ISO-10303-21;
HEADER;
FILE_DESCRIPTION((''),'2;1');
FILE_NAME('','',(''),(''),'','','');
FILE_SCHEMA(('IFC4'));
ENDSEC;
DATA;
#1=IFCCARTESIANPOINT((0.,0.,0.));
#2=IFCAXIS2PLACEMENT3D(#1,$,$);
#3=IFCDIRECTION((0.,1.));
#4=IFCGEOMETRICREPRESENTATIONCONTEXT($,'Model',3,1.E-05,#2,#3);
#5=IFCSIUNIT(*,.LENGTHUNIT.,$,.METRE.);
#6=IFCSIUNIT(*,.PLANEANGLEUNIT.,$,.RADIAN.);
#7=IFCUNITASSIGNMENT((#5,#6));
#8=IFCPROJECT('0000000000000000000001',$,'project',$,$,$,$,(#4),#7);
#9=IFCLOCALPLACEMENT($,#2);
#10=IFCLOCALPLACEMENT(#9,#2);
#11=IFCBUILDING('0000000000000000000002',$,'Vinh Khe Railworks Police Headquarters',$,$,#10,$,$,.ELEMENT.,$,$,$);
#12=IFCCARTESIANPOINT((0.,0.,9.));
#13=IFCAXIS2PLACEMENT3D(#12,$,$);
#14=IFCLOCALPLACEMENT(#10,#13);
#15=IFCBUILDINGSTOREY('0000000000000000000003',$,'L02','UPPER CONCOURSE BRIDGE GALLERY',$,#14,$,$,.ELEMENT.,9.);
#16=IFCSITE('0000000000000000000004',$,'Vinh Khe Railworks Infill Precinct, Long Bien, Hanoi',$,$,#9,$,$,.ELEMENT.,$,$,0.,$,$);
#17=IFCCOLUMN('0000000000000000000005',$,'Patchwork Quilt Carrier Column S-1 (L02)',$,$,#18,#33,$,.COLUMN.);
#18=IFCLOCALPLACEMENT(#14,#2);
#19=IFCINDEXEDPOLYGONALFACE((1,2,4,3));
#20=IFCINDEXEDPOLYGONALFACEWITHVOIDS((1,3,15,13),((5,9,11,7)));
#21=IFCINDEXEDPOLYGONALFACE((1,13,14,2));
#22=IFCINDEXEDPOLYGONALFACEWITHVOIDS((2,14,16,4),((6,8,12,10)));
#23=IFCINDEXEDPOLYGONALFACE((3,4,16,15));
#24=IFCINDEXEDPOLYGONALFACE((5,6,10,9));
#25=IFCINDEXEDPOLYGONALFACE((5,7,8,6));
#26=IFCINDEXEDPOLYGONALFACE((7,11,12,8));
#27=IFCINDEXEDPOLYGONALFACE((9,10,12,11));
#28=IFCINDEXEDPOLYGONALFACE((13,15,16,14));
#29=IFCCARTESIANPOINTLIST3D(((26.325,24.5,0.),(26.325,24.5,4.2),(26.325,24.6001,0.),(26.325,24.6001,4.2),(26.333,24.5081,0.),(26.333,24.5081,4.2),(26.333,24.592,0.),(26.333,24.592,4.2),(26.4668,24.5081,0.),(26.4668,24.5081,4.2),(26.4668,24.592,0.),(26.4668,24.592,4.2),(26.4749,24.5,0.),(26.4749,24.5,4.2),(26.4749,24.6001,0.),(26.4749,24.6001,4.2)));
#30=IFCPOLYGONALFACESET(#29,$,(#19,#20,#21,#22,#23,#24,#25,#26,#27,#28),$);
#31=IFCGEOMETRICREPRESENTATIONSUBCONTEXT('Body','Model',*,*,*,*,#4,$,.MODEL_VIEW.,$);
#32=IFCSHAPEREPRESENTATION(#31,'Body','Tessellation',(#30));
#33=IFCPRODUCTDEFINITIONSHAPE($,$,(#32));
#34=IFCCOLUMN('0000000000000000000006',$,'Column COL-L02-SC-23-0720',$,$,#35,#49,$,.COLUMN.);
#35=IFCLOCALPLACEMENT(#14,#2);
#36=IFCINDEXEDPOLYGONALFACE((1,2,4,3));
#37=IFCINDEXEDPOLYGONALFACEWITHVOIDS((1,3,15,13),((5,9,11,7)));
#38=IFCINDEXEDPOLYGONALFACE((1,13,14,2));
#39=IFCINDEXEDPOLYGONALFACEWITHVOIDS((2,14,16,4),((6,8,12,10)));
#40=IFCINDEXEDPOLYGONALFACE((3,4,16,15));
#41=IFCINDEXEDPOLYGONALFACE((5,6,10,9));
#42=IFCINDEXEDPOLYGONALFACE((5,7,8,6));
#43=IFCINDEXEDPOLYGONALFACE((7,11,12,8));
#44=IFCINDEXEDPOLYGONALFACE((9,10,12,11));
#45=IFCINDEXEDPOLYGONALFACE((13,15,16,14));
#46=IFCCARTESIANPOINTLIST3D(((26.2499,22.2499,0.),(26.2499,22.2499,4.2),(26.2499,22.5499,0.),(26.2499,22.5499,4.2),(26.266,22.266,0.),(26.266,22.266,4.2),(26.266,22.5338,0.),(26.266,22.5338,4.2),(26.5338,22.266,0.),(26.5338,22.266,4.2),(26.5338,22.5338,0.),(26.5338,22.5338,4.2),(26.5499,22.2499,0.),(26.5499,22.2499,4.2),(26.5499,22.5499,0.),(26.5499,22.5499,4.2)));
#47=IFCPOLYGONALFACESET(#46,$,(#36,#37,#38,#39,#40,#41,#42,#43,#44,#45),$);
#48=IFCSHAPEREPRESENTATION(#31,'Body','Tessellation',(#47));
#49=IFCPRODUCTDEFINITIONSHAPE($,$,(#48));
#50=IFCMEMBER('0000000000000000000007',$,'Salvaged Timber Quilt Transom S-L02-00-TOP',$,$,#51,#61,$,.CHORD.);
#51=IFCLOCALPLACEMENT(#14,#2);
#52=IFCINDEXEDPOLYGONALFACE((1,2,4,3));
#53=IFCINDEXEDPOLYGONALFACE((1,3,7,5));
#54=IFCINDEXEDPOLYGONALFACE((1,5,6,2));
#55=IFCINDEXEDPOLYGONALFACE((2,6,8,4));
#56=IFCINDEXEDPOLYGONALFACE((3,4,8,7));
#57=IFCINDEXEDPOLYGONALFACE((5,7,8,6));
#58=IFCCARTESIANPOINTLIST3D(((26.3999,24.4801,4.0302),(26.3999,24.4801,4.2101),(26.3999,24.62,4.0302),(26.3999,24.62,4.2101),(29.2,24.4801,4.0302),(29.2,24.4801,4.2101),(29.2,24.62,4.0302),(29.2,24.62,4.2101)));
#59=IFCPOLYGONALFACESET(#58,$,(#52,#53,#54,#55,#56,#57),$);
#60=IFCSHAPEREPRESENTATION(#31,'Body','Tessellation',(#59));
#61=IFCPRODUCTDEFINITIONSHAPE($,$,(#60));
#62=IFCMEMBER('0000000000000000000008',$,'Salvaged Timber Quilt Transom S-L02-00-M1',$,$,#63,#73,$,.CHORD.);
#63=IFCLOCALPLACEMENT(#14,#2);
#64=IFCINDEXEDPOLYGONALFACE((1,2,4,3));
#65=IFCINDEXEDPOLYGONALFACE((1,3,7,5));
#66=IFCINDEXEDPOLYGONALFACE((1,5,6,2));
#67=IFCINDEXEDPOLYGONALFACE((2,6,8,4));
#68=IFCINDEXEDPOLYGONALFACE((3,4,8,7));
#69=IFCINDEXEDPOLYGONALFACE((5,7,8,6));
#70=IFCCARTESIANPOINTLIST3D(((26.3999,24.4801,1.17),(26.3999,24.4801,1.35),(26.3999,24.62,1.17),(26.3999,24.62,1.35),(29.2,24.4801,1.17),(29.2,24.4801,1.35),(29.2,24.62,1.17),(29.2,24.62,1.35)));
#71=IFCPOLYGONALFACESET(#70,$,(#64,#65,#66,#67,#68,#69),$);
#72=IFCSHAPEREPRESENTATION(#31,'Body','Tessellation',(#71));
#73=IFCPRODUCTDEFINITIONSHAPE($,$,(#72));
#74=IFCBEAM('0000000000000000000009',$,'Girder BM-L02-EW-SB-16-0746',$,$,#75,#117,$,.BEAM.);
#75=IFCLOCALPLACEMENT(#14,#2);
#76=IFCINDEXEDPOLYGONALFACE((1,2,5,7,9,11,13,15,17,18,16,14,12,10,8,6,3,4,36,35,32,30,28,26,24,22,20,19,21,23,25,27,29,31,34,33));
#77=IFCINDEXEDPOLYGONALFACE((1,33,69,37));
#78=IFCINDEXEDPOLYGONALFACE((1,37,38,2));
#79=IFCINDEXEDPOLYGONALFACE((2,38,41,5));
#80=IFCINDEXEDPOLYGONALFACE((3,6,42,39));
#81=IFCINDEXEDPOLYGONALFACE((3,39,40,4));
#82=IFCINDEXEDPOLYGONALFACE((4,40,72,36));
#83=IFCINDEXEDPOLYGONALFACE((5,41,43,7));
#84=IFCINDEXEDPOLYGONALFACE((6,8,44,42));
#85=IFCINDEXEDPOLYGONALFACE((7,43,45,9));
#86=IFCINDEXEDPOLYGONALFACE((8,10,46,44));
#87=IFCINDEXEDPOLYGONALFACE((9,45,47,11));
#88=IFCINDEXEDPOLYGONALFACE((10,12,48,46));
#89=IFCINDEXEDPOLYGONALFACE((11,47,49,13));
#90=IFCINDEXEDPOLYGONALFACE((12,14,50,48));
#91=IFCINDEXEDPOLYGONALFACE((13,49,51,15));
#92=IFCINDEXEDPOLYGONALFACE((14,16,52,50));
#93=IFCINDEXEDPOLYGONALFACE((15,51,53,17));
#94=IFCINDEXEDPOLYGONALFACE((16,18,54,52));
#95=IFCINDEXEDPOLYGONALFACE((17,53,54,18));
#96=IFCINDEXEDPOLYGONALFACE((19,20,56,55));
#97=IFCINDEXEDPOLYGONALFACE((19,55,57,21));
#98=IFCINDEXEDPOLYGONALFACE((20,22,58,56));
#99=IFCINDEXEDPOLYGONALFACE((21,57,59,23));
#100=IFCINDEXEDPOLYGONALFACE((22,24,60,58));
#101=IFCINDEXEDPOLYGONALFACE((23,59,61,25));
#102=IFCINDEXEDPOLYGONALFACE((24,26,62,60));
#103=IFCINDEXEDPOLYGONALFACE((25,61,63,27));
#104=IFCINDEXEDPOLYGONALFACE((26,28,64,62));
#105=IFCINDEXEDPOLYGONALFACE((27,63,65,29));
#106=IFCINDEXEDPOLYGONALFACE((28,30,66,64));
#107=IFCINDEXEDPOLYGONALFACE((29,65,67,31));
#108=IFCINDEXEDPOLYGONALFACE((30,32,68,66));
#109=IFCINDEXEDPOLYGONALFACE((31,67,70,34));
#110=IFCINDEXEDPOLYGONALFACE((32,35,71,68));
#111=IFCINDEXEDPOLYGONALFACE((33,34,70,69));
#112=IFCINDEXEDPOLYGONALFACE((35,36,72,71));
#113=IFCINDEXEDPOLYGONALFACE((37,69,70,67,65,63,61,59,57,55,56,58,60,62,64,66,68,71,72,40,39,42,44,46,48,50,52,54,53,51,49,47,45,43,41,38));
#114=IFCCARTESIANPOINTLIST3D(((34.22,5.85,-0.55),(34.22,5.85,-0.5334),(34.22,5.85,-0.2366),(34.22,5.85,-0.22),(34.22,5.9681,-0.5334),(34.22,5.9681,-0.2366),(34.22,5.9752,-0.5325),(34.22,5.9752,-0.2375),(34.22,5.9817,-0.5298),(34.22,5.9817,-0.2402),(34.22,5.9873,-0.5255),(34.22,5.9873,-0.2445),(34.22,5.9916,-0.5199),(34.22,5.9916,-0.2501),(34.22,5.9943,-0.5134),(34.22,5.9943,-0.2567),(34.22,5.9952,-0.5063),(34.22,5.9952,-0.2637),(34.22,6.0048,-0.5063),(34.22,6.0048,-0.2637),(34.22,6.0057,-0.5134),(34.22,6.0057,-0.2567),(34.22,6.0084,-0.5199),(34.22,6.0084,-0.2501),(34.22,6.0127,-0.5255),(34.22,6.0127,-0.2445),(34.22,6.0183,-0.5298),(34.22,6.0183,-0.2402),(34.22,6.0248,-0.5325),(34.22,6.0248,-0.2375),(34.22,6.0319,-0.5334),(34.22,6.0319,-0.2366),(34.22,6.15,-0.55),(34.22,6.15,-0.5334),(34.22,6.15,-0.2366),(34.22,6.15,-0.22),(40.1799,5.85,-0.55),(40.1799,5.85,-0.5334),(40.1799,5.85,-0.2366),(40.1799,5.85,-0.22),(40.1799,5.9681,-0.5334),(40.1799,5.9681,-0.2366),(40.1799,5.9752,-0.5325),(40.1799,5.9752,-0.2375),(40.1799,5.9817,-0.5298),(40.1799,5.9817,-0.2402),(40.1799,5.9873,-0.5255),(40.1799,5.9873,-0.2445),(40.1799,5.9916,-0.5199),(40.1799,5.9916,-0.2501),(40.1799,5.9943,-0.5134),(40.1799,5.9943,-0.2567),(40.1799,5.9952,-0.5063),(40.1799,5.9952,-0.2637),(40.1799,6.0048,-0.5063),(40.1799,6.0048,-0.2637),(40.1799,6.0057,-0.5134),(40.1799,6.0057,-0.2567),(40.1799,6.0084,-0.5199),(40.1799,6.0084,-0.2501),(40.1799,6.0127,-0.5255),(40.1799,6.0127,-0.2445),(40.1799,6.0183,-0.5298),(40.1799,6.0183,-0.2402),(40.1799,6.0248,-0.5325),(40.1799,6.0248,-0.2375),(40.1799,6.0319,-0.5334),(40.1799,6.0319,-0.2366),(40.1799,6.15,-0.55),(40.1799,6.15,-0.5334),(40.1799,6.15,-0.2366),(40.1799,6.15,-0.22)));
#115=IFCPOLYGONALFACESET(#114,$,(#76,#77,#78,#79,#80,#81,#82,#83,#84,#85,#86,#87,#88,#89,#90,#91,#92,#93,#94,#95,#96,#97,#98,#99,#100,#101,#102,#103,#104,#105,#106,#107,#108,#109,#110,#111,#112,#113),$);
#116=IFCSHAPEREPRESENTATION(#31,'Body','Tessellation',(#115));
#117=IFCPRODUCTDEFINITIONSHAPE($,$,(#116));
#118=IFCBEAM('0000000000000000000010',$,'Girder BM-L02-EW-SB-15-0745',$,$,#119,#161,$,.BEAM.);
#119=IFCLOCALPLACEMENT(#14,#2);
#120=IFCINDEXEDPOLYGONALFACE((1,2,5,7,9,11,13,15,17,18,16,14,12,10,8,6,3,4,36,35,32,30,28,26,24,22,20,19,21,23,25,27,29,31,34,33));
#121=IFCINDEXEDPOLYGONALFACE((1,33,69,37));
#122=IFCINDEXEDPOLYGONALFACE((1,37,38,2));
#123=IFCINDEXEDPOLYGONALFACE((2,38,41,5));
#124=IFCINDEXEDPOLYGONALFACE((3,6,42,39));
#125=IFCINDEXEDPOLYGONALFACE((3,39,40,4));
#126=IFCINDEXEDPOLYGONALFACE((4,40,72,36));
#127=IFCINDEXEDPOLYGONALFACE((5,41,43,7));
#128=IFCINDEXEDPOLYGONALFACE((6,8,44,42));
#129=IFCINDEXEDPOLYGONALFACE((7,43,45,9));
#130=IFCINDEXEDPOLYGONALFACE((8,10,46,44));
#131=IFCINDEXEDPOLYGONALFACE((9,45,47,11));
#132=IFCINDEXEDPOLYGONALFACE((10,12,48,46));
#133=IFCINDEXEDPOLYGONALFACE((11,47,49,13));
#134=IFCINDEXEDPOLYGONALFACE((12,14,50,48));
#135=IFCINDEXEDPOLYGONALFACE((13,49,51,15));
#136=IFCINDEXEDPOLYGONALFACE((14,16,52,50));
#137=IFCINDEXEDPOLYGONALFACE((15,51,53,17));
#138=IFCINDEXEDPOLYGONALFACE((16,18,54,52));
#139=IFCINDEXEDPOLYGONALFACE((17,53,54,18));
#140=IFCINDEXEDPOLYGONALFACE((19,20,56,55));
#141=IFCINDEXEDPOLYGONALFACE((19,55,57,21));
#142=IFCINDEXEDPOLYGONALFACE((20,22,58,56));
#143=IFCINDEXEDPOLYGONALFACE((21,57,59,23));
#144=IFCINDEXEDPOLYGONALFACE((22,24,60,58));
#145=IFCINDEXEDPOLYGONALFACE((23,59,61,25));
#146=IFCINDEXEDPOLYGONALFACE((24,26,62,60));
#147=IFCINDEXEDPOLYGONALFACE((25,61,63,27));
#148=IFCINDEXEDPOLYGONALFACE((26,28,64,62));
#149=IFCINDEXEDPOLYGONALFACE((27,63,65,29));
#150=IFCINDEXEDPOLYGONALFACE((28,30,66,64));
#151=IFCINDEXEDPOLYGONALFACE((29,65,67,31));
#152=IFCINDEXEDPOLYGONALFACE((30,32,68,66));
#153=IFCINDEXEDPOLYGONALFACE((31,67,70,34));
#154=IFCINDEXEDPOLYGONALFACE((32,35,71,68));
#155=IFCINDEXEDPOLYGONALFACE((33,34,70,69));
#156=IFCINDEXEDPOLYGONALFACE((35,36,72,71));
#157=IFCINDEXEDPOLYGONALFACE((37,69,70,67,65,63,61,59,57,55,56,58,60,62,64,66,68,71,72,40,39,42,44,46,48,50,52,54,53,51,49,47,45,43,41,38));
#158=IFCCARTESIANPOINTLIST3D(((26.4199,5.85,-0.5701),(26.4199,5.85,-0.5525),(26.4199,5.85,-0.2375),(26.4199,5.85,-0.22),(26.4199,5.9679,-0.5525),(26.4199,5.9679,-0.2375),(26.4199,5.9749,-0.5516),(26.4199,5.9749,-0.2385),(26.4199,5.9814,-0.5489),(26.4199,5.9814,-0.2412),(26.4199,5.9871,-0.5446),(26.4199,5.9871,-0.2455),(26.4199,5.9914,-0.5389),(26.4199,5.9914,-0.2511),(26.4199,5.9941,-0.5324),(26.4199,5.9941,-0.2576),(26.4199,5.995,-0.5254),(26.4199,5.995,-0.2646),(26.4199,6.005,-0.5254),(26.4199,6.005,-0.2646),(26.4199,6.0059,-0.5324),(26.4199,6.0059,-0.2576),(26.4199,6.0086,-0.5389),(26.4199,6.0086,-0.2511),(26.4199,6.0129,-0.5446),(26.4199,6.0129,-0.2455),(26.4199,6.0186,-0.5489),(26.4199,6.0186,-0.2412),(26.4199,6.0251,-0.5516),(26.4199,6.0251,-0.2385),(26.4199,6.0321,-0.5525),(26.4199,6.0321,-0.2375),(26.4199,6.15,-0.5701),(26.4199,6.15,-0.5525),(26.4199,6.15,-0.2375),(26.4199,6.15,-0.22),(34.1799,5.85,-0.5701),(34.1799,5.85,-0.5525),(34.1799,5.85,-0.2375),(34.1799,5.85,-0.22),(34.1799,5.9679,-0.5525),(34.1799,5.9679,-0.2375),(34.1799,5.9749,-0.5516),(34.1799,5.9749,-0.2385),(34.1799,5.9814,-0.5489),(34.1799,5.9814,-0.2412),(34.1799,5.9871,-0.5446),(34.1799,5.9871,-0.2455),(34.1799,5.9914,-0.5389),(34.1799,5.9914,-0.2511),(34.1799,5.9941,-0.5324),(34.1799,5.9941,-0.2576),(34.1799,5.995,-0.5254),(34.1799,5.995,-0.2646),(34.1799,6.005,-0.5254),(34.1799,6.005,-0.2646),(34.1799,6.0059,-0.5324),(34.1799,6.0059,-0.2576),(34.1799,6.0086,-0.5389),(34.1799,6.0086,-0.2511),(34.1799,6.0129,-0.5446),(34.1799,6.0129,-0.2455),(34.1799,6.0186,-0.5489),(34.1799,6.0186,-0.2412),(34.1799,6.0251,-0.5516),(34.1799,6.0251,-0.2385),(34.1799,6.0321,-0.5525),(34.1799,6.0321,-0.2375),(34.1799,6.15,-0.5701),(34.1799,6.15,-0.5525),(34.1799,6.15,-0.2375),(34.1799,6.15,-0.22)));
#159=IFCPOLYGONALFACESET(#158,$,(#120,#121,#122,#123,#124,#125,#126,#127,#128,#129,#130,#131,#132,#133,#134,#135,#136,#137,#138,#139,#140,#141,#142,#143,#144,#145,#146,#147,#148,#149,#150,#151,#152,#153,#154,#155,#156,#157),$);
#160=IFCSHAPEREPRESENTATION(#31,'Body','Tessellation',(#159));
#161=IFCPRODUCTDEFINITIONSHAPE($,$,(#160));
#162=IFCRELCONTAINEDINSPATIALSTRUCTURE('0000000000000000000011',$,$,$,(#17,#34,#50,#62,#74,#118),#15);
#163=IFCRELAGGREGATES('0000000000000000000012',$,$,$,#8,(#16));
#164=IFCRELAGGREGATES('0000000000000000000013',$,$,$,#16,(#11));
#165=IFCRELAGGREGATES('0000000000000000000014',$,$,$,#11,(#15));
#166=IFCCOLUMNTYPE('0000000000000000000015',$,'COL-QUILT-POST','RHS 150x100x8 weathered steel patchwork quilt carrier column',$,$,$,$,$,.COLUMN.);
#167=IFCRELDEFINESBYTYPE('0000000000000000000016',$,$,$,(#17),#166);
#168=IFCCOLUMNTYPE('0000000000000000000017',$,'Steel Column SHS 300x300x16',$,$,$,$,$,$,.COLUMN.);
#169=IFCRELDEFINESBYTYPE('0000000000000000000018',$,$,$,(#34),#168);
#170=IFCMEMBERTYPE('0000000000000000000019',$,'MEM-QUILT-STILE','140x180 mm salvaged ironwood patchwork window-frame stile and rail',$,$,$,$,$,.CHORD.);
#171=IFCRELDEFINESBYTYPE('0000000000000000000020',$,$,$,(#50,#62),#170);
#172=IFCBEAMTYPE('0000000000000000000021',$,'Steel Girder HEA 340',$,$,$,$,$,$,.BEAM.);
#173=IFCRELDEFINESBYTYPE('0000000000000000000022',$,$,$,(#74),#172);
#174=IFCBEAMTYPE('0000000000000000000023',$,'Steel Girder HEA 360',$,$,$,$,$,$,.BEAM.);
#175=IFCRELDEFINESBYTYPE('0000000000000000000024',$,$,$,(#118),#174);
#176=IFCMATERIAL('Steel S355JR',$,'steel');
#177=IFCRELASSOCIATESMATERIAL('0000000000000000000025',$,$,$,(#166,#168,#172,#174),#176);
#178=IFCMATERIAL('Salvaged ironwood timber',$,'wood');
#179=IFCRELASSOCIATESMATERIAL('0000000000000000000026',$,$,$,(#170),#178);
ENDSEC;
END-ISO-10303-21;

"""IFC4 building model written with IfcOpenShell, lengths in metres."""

from ifc_helpers import new_model, si_unit, direction, frame, origin, origin_2d, place, context, subcontext, project, spatial, rectangle, hollow_rectangle, i_section, extrude, material, material_profile, profile_set, type_object, element, save


model = new_model("IFC4")

# Units and contexts
model_context = context("Model", 3, precision=1e-05, world=origin(), true_north=direction((0.0, 1.0)))
body_context = subcontext(model_context, "Body", "Model", "MODEL_VIEW")
ifc_project = project(units=[si_unit("LENGTHUNIT", "METRE"), si_unit("PLANEANGLEUNIT", "RADIAN")], contexts=[model_context])

# Site, building, storey
site_placement = place(None, origin())
site = spatial("IfcSite", under=ifc_project, at=site_placement, Name="Vinh Khe Railworks Infill Precinct, Long Bien, Hanoi", CompositionType="ELEMENT", RefElevation=0.0)
building_placement = place(site_placement, origin())
building = spatial("IfcBuilding", under=site, at=building_placement, Name="Vinh Khe Railworks Police Headquarters", CompositionType="ELEMENT")
storey_placement = place(building_placement, frame((0.0, 0.0, 9.0)))
storey = spatial("IfcBuildingStorey", under=building, at=storey_placement, Name="L02", Description="UPPER CONCOURSE BRIDGE GALLERY", CompositionType="ELEMENT", Elevation=9.0)

# Columns
ifc_material_1 = material(Name="Steel S355JR", Category="steel")
ifc_material_profile_1 = material_profile(ifc_material_1, hollow_rectangle(XDim=0.1499, YDim=0.1001, WallThickness=0.0081, at=origin_2d()), Name="RHS 150x100x8")
ifc_profile_set_1 = profile_set([ifc_material_profile_1], Name="Steel S355JR")
column_type_1 = type_object("IfcColumnType", Name="COL-QUILT-POST", Description="RHS 150x100x8 weathered steel patchwork quilt carrier column", PredefinedType="COLUMN", material=ifc_profile_set_1)
column_1_placement = place(storey_placement, frame((26.3999, 24.55, 0.0), z_axis=(0.0, 0.0, 1.0), x_axis=(1.0, 0.0, 0.0)))
element("IfcColumn", 1, at=column_1_placement, inside=storey, type_object=column_type_1, Name="Patchwork Quilt Carrier Column S-1 (L02)", PredefinedType="COLUMN", context=body_context, shape_type="SweptSolid", body=[
    extrude(hollow_rectangle(XDim=0.1499, YDim=0.1001, WallThickness=0.0081, at=origin_2d()), origin(), (0.0, 0.0, 1.0), 4.2),
])
ifc_material_profile_2 = material_profile(ifc_material_1, hollow_rectangle(XDim=0.3, YDim=0.3, WallThickness=0.0161, at=origin_2d()), Name="SHS 300x300x16")
ifc_profile_set_2 = profile_set([ifc_material_profile_2], Name="Steel S355JR")
column_type_2 = type_object("IfcColumnType", Name="Steel Column SHS 300x300x16", PredefinedType="COLUMN", material=ifc_profile_set_2)
column_2_placement = place(storey_placement, frame((26.3999, 22.3999, 0.0), z_axis=(0.0, 0.0, 1.0), x_axis=(1.0, 0.0, 0.0)))
element("IfcColumn", 2, at=column_2_placement, inside=storey, type_object=column_type_2, Name="Column COL-L02-SC-23-0720", PredefinedType="COLUMN", context=body_context, shape_type="SweptSolid", body=[
    extrude(hollow_rectangle(XDim=0.3, YDim=0.3, WallThickness=0.0161, at=origin_2d()), origin(), (0.0, 0.0, 1.0), 4.2),
])

# Members
ifc_material_2 = material(Name="Salvaged ironwood timber", Category="wood")
ifc_material_profile_3 = material_profile(ifc_material_2, rectangle(XDim=0.1399, YDim=0.1799, at=origin_2d()), Name="TIMBER 140x180")
ifc_profile_set_3 = profile_set([ifc_material_profile_3], Name="Salvaged ironwood timber")
member_type = type_object("IfcMemberType", Name="MEM-QUILT-STILE", Description="140x180 mm salvaged ironwood patchwork window-frame stile and rail", PredefinedType="CHORD", material=ifc_profile_set_3)
for number, where, z_axis, x_axis, name in (
    (3, (26.3999, 24.55, 4.1201), (1.0, 0.0, 0.0), (0.0, 1.0, 0.0), "Salvaged Timber Quilt Transom S-L02-00-TOP"),
    (4, (26.3999, 24.55, 1.26), (1.0, 0.0, 0.0), (0.0, 1.0, 0.0), "Salvaged Timber Quilt Transom S-L02-00-M1"),
):
    element("IfcMember", number, at=place(storey_placement, frame(where, z_axis=z_axis, x_axis=x_axis)), inside=storey, type_object=member_type, Name=name, PredefinedType="CHORD", context=body_context, shape_type="SweptSolid", body=[
        extrude(rectangle(XDim=0.1399, YDim=0.1799, at=origin_2d()), origin(), (0.0, 0.0, 1.0), 2.8),
    ])

# Beams
ifc_material_profile_4 = material_profile(ifc_material_1, i_section(OverallWidth=0.3, OverallDepth=0.3301, WebThickness=0.0095, FlangeThickness=0.0166, FilletRadius=0.0271, at=origin_2d()), Name="HEA 340")
ifc_profile_set_4 = profile_set([ifc_material_profile_4], Name="Steel S355JR")
beam_type_1 = type_object("IfcBeamType", Name="Steel Girder HEA 340", PredefinedType="BEAM", material=ifc_profile_set_4)
beam_1_placement = place(storey_placement, frame((34.22, 6.0, -0.385), z_axis=(1.0, 0.0, 0.0), x_axis=(0.0, 1.0, 0.0)))
element("IfcBeam", 5, at=beam_1_placement, inside=storey, type_object=beam_type_1, Name="Girder BM-L02-EW-SB-16-0746", PredefinedType="BEAM", context=body_context, shape_type="SweptSolid", body=[
    extrude(i_section(OverallWidth=0.3, OverallDepth=0.3301, WebThickness=0.0095, FlangeThickness=0.0166, FilletRadius=0.0271, at=origin_2d()), origin(), (0.0, 0.0, 1.0), 5.96),
])
ifc_material_profile_5 = material_profile(ifc_material_1, i_section(OverallWidth=0.3, OverallDepth=0.3501, WebThickness=0.01, FlangeThickness=0.0176, FilletRadius=0.0271, at=origin_2d()), Name="HEA 360")
ifc_profile_set_5 = profile_set([ifc_material_profile_5], Name="Steel S355JR")
beam_type_2 = type_object("IfcBeamType", Name="Steel Girder HEA 360", PredefinedType="BEAM", material=ifc_profile_set_5)
beam_2_placement = place(storey_placement, frame((26.4199, 6.0, -0.395), z_axis=(1.0, 0.0, 0.0), x_axis=(0.0, 1.0, 0.0)))
element("IfcBeam", 6, at=beam_2_placement, inside=storey, type_object=beam_type_2, Name="Girder BM-L02-EW-SB-15-0745", PredefinedType="BEAM", context=body_context, shape_type="SweptSolid", body=[
    extrude(i_section(OverallWidth=0.3, OverallDepth=0.3501, WebThickness=0.01, FlangeThickness=0.0176, FilletRadius=0.0271, at=origin_2d()), origin(), (0.0, 0.0, 1.0), 7.76),
])

save(model, "model.ifc")
